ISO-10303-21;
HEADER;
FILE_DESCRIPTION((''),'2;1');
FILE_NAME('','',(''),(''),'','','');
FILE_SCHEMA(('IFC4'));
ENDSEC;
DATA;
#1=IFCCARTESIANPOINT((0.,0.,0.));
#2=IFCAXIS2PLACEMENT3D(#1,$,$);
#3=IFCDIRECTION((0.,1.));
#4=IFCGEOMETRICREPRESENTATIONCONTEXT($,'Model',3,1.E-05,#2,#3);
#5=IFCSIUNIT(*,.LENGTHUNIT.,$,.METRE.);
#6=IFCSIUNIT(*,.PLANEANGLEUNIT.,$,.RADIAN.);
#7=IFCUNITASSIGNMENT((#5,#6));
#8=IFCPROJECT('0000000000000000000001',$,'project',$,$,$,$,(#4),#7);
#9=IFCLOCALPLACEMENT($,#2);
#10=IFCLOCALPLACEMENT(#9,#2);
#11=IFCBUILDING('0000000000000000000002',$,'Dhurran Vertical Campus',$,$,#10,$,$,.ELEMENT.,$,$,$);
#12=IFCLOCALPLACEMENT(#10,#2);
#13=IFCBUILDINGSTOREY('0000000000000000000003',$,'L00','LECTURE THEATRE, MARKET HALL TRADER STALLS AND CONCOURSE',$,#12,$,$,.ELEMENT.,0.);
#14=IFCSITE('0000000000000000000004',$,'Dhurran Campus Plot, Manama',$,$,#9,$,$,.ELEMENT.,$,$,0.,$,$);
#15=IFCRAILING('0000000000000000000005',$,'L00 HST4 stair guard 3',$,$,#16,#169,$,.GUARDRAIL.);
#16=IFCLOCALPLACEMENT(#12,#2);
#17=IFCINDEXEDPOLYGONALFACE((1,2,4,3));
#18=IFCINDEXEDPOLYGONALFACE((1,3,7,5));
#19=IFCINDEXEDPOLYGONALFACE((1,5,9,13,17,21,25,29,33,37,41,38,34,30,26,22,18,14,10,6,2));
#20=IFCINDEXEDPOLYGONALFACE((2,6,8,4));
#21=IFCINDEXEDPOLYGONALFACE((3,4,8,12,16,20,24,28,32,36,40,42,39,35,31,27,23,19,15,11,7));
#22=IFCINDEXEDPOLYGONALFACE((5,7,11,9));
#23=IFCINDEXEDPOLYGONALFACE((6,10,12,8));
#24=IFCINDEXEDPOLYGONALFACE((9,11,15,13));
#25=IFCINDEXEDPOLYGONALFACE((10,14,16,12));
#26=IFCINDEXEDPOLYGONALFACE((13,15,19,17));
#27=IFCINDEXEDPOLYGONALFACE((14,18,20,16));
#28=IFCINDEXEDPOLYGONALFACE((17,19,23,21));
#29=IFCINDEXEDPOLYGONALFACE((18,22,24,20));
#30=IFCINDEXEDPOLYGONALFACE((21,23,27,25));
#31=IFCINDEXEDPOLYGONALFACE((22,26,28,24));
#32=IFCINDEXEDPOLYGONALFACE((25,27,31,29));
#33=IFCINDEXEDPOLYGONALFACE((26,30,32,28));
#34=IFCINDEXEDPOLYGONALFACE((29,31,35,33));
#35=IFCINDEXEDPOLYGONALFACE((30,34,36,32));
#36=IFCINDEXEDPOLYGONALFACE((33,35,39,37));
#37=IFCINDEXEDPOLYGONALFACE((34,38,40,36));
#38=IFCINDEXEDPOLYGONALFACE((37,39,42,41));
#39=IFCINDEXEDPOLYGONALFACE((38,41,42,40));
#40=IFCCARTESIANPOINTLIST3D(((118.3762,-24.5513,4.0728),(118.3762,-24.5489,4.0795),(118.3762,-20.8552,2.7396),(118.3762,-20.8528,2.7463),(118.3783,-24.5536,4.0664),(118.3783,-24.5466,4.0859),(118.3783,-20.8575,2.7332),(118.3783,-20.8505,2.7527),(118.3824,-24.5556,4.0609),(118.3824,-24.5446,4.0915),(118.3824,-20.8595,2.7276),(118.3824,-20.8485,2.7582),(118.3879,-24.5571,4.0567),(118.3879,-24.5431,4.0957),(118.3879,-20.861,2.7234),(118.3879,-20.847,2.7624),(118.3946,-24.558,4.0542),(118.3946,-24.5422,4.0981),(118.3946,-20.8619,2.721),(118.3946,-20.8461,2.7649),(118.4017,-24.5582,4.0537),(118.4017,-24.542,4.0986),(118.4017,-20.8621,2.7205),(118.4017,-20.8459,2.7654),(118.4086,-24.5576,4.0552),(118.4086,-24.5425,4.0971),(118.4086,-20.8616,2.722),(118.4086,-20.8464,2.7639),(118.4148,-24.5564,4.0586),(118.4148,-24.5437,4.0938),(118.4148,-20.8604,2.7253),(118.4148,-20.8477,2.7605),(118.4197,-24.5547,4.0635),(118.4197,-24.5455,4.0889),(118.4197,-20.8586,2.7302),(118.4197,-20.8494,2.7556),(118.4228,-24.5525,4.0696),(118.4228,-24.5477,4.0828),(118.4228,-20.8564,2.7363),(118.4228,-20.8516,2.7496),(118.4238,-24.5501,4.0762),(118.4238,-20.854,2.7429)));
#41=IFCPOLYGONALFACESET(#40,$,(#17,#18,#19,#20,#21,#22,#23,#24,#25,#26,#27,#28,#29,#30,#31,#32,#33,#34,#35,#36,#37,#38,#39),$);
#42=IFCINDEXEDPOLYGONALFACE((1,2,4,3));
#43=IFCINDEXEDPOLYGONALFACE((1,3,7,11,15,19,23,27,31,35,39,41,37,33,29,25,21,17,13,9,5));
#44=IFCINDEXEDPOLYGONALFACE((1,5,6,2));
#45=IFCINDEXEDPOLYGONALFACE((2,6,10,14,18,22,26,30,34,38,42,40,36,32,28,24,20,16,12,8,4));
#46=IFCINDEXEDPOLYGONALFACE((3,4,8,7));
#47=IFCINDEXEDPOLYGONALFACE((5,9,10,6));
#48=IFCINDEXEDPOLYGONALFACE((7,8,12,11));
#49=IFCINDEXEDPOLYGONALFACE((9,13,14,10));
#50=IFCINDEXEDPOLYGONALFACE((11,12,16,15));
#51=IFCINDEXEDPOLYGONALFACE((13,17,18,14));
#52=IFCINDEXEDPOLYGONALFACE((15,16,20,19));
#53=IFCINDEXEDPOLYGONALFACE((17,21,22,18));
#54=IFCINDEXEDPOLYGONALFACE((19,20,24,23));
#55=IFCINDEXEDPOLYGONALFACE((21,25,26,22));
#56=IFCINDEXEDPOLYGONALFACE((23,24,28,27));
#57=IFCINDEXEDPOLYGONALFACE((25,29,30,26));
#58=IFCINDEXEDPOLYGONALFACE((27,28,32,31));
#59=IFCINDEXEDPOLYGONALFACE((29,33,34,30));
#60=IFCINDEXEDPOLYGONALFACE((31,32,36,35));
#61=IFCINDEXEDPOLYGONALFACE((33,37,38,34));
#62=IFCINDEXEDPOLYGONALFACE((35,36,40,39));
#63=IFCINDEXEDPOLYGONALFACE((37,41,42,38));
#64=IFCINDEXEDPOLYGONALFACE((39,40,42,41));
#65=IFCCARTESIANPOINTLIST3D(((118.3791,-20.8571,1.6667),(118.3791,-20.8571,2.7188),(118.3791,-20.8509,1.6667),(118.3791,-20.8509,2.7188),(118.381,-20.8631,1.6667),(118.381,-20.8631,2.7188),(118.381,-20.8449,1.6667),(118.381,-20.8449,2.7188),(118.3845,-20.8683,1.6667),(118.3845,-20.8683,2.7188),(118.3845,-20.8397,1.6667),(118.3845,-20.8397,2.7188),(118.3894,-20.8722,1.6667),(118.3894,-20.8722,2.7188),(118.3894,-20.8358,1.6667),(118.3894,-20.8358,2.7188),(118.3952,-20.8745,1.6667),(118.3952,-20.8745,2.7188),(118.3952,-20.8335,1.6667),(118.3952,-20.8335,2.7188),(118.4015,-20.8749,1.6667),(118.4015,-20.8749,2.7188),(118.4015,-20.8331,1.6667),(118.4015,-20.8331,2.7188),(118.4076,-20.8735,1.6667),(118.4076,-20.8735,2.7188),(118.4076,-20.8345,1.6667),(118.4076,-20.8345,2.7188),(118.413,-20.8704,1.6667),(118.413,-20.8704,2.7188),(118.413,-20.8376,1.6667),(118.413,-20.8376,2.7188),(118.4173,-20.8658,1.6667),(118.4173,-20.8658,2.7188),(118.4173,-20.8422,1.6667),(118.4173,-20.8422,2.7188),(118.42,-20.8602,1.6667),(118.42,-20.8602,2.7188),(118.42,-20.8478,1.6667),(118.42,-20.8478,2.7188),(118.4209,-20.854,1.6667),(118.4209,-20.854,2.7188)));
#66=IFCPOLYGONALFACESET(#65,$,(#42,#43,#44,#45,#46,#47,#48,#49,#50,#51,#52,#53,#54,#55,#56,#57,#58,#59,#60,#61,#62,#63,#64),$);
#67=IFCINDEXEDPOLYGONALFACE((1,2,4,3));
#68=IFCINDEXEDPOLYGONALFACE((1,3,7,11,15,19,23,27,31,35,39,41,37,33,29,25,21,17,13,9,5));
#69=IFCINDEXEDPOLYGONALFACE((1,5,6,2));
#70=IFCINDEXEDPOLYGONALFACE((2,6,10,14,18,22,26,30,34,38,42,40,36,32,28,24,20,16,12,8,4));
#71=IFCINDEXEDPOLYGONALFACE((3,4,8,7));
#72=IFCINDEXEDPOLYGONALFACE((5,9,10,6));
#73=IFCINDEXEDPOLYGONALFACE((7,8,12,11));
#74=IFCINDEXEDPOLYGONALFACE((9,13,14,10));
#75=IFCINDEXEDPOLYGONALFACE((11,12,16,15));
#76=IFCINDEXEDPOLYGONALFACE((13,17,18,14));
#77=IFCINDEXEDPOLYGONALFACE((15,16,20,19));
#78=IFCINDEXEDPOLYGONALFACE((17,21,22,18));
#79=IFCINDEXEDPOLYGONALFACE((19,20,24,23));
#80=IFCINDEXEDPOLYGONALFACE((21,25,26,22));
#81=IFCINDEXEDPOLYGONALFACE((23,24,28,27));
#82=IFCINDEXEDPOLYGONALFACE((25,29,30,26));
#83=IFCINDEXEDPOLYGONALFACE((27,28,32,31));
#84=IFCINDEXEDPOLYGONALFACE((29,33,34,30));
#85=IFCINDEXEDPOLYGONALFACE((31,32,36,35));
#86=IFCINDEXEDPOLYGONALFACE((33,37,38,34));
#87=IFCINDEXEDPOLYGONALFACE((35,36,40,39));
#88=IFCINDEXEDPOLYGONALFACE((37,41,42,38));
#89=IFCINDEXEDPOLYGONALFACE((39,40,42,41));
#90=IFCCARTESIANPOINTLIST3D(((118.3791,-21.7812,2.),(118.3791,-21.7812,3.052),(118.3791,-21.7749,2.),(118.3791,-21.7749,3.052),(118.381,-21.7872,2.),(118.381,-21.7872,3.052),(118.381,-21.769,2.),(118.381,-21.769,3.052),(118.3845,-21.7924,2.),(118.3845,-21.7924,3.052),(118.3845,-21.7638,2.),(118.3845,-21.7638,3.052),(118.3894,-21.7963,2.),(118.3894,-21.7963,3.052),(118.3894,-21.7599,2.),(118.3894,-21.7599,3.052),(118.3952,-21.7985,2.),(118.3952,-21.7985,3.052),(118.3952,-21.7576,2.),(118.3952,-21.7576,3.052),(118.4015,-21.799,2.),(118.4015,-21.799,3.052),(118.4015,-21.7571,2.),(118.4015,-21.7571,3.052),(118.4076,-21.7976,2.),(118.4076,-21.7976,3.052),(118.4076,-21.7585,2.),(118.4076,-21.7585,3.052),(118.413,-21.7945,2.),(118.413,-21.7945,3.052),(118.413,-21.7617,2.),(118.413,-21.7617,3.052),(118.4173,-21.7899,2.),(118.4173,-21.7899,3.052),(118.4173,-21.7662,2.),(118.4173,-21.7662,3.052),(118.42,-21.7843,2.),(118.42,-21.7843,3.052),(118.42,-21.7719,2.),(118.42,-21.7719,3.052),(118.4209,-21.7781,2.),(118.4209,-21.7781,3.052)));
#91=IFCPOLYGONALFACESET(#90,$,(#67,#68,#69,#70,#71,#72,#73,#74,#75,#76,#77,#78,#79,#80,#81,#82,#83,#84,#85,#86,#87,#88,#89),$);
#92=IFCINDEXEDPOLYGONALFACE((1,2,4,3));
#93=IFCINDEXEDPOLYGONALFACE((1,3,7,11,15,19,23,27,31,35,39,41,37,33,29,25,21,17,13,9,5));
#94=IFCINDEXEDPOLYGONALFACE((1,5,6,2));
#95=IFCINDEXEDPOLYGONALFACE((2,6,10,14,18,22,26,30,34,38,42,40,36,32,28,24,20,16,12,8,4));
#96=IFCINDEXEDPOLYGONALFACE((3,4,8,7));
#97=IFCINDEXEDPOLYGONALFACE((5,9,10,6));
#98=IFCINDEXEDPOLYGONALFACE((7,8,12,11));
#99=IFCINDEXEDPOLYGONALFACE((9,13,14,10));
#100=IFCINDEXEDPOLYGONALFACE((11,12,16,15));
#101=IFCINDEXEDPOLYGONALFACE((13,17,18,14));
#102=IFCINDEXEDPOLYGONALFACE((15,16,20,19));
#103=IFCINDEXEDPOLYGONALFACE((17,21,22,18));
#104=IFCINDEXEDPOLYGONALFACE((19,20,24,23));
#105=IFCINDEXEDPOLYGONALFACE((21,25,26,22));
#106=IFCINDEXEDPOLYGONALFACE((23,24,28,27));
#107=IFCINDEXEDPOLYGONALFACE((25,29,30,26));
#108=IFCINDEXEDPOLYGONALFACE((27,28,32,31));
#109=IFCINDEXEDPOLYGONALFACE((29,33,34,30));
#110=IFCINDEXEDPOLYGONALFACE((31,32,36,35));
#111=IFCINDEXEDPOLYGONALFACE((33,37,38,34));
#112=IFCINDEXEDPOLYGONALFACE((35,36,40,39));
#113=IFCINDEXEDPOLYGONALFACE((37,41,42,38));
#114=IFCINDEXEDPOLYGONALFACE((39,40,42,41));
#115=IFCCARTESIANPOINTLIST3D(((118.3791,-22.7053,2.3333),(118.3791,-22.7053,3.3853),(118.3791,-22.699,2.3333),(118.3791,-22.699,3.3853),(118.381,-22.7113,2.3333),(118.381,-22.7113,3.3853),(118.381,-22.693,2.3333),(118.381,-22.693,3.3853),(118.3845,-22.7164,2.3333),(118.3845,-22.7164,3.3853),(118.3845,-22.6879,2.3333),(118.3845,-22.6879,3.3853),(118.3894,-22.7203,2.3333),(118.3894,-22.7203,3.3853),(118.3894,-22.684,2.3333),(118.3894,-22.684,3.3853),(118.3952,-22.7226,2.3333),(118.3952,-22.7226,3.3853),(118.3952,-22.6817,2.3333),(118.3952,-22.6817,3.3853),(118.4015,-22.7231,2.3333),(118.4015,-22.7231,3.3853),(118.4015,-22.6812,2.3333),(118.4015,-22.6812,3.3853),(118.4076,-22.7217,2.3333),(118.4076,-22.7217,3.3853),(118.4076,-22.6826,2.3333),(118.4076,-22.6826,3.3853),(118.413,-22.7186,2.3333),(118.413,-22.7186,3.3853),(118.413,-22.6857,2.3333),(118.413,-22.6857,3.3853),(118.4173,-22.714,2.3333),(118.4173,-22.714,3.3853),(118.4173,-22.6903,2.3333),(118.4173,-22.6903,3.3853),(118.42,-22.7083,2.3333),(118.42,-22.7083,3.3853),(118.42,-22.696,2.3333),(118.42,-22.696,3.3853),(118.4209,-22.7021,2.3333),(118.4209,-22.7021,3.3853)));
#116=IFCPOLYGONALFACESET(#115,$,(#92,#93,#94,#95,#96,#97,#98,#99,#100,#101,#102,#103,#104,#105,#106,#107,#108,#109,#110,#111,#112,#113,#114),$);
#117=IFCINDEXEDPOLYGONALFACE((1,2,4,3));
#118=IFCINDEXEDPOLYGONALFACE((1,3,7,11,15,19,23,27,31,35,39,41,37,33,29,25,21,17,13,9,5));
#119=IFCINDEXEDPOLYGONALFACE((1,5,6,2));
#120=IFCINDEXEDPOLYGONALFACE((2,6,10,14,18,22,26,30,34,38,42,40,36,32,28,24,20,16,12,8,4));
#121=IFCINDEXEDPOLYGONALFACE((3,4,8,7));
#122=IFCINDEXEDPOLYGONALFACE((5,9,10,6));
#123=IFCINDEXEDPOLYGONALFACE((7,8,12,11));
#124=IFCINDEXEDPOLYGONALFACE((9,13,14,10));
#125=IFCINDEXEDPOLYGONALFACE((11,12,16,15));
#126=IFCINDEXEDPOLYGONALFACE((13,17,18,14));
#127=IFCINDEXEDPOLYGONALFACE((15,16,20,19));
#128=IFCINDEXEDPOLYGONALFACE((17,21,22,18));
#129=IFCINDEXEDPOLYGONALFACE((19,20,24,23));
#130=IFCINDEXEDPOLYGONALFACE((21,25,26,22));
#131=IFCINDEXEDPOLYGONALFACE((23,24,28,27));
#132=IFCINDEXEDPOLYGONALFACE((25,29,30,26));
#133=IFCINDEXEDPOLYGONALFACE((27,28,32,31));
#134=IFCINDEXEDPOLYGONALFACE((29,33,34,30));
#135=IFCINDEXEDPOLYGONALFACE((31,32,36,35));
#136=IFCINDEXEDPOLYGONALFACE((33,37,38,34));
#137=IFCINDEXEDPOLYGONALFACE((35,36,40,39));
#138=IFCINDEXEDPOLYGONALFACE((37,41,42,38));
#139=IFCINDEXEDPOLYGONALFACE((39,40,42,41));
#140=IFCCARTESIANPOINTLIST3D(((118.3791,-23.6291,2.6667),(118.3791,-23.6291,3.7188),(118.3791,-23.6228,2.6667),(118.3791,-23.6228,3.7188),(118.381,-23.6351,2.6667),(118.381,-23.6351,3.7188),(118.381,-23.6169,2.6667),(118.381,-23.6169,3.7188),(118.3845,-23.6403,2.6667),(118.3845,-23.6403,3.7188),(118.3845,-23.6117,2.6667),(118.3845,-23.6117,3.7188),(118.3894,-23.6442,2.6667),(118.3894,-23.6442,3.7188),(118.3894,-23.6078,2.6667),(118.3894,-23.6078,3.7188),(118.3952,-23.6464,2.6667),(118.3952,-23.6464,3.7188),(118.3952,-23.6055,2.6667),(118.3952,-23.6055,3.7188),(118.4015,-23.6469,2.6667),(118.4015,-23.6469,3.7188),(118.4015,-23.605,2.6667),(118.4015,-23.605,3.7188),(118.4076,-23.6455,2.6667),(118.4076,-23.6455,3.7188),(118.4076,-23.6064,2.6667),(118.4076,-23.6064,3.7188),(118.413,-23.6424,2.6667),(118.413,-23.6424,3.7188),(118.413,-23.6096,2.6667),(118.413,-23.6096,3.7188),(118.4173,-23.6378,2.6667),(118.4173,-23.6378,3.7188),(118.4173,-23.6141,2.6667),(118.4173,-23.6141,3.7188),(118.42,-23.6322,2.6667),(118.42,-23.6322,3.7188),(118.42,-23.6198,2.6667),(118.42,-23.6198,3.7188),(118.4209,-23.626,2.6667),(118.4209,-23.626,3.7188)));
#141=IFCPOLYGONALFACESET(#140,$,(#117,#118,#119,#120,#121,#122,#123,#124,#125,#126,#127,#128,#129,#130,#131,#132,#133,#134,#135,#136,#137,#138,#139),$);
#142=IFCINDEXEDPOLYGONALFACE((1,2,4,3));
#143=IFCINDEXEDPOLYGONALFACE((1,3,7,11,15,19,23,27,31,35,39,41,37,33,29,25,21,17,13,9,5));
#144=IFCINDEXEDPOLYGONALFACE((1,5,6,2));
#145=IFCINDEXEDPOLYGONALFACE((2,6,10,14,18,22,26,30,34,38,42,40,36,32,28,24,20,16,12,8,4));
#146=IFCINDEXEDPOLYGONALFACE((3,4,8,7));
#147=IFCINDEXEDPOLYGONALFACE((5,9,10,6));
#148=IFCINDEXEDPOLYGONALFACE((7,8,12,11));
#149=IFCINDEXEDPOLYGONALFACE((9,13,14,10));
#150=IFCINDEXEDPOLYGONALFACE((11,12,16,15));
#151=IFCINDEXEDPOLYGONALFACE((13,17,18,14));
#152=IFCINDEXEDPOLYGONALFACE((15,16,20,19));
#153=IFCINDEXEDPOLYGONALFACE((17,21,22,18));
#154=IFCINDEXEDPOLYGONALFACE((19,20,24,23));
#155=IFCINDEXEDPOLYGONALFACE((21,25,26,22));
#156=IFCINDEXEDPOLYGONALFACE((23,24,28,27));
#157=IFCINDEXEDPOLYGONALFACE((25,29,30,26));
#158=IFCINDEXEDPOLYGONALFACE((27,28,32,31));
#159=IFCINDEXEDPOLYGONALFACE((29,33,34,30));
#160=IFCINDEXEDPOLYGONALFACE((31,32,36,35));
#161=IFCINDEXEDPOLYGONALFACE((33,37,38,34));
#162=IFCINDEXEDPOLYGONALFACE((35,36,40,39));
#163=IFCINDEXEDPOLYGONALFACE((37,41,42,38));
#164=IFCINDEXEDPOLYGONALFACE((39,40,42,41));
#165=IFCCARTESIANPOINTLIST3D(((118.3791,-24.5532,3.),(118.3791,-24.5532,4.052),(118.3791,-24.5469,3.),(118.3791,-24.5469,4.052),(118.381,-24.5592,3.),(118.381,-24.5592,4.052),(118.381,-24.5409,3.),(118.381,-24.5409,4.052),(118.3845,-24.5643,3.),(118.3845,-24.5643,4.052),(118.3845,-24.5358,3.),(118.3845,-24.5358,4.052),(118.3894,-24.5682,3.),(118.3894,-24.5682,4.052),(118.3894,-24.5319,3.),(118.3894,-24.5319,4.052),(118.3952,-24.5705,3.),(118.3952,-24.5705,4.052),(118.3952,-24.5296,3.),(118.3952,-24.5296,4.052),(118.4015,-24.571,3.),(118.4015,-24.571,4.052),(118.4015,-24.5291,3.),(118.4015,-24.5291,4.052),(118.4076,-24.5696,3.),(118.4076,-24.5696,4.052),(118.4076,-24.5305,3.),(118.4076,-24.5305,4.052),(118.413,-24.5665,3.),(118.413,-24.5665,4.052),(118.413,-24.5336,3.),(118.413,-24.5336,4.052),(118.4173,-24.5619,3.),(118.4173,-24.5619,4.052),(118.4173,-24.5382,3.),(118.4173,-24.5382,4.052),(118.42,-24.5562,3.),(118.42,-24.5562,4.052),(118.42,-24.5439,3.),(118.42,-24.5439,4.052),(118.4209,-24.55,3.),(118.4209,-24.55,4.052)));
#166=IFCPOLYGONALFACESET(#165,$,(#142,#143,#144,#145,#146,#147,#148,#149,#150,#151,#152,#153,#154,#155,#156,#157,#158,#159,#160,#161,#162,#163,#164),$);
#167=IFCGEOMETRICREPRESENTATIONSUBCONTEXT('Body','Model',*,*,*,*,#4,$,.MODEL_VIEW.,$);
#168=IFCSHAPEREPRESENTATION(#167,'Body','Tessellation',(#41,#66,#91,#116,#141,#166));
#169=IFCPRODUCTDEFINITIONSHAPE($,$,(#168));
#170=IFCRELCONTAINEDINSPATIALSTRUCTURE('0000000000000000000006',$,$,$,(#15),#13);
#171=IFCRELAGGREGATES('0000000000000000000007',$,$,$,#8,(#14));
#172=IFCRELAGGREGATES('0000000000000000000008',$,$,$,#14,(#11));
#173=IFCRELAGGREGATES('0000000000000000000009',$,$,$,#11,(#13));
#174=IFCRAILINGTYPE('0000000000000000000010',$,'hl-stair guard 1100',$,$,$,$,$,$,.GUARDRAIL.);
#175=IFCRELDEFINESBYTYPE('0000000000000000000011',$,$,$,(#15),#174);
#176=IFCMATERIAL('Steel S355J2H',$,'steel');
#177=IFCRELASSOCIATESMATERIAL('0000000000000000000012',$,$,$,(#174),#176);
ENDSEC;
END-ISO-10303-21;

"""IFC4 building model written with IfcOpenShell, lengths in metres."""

from ifc_helpers import new_model, si_unit, direction, frame, origin, origin_2d, place, context, subcontext, project, spatial, circle, extrude, material, type_object, element, save


model = new_model("IFC4")

# Units and contexts
model_context = context("Model", 3, precision=1e-05, world=origin(), true_north=direction((0.0, 1.0)))
body_context = subcontext(model_context, "Body", "Model", "MODEL_VIEW")
ifc_project = project(units=[si_unit("LENGTHUNIT", "METRE"), si_unit("PLANEANGLEUNIT", "RADIAN")], contexts=[model_context])

# Site, building, storey
site_placement = place(None, origin())
site = spatial("IfcSite", under=ifc_project, at=site_placement, Name="Dhurran Campus Plot, Manama", CompositionType="ELEMENT", RefElevation=0.0)
building_placement = place(site_placement, origin())
building = spatial("IfcBuilding", under=site, at=building_placement, Name="Dhurran Vertical Campus", CompositionType="ELEMENT")
storey_placement = place(building_placement, origin())
storey = spatial("IfcBuildingStorey", under=building, at=storey_placement, Name="L00", Description="LECTURE THEATRE, MARKET HALL TRADER STALLS AND CONCOURSE", CompositionType="ELEMENT", Elevation=0.0)

# Railing
ifc_material_1 = material(Name="Steel S355J2H", Category="steel")
railing_type_1 = type_object("IfcRailingType", Name="hl-stair guard 1100", PredefinedType="GUARDRAIL", material=ifc_material_1)
railing_1_placement = place(storey_placement, frame((118.3999, -20.854, 1.6667)))
element("IfcRailing", 1, at=railing_1_placement, inside=storey, type_object=railing_type_1, Name="L00 HST4 stair guard 3", PredefinedType="GUARDRAIL", context=body_context, shape_type="SweptSolid", body=[
    extrude(circle(Radius=0.0239, at=origin_2d()), frame((0.0, 0.0, 1.0762), z_axis=(0.0, -0.94067, 0.339322), x_axis=(1.0, 0.0, 0.0)), (0.0, 0.0, 1.0), 3.9292),
    extrude(circle(Radius=0.021, at=origin_2d()), origin(), (0.0, 0.0, 1.0), 1.052),
    extrude(circle(Radius=0.021, at=origin_2d()), frame((0.0, -0.9241, 0.3333)), (0.0, 0.0, 1.0), 1.052),
    extrude(circle(Radius=0.021, at=origin_2d()), frame((0.0, -1.8481, 0.6665)), (0.0, 0.0, 1.0), 1.052),
    extrude(circle(Radius=0.021, at=origin_2d()), frame((0.0, -2.772, 1.0)), (0.0, 0.0, 1.0), 1.052),
    extrude(circle(Radius=0.021, at=origin_2d()), frame((0.0, -3.696, 1.3333)), (0.0, 0.0, 1.0), 1.052),
])

save(model, "model.ifc")
